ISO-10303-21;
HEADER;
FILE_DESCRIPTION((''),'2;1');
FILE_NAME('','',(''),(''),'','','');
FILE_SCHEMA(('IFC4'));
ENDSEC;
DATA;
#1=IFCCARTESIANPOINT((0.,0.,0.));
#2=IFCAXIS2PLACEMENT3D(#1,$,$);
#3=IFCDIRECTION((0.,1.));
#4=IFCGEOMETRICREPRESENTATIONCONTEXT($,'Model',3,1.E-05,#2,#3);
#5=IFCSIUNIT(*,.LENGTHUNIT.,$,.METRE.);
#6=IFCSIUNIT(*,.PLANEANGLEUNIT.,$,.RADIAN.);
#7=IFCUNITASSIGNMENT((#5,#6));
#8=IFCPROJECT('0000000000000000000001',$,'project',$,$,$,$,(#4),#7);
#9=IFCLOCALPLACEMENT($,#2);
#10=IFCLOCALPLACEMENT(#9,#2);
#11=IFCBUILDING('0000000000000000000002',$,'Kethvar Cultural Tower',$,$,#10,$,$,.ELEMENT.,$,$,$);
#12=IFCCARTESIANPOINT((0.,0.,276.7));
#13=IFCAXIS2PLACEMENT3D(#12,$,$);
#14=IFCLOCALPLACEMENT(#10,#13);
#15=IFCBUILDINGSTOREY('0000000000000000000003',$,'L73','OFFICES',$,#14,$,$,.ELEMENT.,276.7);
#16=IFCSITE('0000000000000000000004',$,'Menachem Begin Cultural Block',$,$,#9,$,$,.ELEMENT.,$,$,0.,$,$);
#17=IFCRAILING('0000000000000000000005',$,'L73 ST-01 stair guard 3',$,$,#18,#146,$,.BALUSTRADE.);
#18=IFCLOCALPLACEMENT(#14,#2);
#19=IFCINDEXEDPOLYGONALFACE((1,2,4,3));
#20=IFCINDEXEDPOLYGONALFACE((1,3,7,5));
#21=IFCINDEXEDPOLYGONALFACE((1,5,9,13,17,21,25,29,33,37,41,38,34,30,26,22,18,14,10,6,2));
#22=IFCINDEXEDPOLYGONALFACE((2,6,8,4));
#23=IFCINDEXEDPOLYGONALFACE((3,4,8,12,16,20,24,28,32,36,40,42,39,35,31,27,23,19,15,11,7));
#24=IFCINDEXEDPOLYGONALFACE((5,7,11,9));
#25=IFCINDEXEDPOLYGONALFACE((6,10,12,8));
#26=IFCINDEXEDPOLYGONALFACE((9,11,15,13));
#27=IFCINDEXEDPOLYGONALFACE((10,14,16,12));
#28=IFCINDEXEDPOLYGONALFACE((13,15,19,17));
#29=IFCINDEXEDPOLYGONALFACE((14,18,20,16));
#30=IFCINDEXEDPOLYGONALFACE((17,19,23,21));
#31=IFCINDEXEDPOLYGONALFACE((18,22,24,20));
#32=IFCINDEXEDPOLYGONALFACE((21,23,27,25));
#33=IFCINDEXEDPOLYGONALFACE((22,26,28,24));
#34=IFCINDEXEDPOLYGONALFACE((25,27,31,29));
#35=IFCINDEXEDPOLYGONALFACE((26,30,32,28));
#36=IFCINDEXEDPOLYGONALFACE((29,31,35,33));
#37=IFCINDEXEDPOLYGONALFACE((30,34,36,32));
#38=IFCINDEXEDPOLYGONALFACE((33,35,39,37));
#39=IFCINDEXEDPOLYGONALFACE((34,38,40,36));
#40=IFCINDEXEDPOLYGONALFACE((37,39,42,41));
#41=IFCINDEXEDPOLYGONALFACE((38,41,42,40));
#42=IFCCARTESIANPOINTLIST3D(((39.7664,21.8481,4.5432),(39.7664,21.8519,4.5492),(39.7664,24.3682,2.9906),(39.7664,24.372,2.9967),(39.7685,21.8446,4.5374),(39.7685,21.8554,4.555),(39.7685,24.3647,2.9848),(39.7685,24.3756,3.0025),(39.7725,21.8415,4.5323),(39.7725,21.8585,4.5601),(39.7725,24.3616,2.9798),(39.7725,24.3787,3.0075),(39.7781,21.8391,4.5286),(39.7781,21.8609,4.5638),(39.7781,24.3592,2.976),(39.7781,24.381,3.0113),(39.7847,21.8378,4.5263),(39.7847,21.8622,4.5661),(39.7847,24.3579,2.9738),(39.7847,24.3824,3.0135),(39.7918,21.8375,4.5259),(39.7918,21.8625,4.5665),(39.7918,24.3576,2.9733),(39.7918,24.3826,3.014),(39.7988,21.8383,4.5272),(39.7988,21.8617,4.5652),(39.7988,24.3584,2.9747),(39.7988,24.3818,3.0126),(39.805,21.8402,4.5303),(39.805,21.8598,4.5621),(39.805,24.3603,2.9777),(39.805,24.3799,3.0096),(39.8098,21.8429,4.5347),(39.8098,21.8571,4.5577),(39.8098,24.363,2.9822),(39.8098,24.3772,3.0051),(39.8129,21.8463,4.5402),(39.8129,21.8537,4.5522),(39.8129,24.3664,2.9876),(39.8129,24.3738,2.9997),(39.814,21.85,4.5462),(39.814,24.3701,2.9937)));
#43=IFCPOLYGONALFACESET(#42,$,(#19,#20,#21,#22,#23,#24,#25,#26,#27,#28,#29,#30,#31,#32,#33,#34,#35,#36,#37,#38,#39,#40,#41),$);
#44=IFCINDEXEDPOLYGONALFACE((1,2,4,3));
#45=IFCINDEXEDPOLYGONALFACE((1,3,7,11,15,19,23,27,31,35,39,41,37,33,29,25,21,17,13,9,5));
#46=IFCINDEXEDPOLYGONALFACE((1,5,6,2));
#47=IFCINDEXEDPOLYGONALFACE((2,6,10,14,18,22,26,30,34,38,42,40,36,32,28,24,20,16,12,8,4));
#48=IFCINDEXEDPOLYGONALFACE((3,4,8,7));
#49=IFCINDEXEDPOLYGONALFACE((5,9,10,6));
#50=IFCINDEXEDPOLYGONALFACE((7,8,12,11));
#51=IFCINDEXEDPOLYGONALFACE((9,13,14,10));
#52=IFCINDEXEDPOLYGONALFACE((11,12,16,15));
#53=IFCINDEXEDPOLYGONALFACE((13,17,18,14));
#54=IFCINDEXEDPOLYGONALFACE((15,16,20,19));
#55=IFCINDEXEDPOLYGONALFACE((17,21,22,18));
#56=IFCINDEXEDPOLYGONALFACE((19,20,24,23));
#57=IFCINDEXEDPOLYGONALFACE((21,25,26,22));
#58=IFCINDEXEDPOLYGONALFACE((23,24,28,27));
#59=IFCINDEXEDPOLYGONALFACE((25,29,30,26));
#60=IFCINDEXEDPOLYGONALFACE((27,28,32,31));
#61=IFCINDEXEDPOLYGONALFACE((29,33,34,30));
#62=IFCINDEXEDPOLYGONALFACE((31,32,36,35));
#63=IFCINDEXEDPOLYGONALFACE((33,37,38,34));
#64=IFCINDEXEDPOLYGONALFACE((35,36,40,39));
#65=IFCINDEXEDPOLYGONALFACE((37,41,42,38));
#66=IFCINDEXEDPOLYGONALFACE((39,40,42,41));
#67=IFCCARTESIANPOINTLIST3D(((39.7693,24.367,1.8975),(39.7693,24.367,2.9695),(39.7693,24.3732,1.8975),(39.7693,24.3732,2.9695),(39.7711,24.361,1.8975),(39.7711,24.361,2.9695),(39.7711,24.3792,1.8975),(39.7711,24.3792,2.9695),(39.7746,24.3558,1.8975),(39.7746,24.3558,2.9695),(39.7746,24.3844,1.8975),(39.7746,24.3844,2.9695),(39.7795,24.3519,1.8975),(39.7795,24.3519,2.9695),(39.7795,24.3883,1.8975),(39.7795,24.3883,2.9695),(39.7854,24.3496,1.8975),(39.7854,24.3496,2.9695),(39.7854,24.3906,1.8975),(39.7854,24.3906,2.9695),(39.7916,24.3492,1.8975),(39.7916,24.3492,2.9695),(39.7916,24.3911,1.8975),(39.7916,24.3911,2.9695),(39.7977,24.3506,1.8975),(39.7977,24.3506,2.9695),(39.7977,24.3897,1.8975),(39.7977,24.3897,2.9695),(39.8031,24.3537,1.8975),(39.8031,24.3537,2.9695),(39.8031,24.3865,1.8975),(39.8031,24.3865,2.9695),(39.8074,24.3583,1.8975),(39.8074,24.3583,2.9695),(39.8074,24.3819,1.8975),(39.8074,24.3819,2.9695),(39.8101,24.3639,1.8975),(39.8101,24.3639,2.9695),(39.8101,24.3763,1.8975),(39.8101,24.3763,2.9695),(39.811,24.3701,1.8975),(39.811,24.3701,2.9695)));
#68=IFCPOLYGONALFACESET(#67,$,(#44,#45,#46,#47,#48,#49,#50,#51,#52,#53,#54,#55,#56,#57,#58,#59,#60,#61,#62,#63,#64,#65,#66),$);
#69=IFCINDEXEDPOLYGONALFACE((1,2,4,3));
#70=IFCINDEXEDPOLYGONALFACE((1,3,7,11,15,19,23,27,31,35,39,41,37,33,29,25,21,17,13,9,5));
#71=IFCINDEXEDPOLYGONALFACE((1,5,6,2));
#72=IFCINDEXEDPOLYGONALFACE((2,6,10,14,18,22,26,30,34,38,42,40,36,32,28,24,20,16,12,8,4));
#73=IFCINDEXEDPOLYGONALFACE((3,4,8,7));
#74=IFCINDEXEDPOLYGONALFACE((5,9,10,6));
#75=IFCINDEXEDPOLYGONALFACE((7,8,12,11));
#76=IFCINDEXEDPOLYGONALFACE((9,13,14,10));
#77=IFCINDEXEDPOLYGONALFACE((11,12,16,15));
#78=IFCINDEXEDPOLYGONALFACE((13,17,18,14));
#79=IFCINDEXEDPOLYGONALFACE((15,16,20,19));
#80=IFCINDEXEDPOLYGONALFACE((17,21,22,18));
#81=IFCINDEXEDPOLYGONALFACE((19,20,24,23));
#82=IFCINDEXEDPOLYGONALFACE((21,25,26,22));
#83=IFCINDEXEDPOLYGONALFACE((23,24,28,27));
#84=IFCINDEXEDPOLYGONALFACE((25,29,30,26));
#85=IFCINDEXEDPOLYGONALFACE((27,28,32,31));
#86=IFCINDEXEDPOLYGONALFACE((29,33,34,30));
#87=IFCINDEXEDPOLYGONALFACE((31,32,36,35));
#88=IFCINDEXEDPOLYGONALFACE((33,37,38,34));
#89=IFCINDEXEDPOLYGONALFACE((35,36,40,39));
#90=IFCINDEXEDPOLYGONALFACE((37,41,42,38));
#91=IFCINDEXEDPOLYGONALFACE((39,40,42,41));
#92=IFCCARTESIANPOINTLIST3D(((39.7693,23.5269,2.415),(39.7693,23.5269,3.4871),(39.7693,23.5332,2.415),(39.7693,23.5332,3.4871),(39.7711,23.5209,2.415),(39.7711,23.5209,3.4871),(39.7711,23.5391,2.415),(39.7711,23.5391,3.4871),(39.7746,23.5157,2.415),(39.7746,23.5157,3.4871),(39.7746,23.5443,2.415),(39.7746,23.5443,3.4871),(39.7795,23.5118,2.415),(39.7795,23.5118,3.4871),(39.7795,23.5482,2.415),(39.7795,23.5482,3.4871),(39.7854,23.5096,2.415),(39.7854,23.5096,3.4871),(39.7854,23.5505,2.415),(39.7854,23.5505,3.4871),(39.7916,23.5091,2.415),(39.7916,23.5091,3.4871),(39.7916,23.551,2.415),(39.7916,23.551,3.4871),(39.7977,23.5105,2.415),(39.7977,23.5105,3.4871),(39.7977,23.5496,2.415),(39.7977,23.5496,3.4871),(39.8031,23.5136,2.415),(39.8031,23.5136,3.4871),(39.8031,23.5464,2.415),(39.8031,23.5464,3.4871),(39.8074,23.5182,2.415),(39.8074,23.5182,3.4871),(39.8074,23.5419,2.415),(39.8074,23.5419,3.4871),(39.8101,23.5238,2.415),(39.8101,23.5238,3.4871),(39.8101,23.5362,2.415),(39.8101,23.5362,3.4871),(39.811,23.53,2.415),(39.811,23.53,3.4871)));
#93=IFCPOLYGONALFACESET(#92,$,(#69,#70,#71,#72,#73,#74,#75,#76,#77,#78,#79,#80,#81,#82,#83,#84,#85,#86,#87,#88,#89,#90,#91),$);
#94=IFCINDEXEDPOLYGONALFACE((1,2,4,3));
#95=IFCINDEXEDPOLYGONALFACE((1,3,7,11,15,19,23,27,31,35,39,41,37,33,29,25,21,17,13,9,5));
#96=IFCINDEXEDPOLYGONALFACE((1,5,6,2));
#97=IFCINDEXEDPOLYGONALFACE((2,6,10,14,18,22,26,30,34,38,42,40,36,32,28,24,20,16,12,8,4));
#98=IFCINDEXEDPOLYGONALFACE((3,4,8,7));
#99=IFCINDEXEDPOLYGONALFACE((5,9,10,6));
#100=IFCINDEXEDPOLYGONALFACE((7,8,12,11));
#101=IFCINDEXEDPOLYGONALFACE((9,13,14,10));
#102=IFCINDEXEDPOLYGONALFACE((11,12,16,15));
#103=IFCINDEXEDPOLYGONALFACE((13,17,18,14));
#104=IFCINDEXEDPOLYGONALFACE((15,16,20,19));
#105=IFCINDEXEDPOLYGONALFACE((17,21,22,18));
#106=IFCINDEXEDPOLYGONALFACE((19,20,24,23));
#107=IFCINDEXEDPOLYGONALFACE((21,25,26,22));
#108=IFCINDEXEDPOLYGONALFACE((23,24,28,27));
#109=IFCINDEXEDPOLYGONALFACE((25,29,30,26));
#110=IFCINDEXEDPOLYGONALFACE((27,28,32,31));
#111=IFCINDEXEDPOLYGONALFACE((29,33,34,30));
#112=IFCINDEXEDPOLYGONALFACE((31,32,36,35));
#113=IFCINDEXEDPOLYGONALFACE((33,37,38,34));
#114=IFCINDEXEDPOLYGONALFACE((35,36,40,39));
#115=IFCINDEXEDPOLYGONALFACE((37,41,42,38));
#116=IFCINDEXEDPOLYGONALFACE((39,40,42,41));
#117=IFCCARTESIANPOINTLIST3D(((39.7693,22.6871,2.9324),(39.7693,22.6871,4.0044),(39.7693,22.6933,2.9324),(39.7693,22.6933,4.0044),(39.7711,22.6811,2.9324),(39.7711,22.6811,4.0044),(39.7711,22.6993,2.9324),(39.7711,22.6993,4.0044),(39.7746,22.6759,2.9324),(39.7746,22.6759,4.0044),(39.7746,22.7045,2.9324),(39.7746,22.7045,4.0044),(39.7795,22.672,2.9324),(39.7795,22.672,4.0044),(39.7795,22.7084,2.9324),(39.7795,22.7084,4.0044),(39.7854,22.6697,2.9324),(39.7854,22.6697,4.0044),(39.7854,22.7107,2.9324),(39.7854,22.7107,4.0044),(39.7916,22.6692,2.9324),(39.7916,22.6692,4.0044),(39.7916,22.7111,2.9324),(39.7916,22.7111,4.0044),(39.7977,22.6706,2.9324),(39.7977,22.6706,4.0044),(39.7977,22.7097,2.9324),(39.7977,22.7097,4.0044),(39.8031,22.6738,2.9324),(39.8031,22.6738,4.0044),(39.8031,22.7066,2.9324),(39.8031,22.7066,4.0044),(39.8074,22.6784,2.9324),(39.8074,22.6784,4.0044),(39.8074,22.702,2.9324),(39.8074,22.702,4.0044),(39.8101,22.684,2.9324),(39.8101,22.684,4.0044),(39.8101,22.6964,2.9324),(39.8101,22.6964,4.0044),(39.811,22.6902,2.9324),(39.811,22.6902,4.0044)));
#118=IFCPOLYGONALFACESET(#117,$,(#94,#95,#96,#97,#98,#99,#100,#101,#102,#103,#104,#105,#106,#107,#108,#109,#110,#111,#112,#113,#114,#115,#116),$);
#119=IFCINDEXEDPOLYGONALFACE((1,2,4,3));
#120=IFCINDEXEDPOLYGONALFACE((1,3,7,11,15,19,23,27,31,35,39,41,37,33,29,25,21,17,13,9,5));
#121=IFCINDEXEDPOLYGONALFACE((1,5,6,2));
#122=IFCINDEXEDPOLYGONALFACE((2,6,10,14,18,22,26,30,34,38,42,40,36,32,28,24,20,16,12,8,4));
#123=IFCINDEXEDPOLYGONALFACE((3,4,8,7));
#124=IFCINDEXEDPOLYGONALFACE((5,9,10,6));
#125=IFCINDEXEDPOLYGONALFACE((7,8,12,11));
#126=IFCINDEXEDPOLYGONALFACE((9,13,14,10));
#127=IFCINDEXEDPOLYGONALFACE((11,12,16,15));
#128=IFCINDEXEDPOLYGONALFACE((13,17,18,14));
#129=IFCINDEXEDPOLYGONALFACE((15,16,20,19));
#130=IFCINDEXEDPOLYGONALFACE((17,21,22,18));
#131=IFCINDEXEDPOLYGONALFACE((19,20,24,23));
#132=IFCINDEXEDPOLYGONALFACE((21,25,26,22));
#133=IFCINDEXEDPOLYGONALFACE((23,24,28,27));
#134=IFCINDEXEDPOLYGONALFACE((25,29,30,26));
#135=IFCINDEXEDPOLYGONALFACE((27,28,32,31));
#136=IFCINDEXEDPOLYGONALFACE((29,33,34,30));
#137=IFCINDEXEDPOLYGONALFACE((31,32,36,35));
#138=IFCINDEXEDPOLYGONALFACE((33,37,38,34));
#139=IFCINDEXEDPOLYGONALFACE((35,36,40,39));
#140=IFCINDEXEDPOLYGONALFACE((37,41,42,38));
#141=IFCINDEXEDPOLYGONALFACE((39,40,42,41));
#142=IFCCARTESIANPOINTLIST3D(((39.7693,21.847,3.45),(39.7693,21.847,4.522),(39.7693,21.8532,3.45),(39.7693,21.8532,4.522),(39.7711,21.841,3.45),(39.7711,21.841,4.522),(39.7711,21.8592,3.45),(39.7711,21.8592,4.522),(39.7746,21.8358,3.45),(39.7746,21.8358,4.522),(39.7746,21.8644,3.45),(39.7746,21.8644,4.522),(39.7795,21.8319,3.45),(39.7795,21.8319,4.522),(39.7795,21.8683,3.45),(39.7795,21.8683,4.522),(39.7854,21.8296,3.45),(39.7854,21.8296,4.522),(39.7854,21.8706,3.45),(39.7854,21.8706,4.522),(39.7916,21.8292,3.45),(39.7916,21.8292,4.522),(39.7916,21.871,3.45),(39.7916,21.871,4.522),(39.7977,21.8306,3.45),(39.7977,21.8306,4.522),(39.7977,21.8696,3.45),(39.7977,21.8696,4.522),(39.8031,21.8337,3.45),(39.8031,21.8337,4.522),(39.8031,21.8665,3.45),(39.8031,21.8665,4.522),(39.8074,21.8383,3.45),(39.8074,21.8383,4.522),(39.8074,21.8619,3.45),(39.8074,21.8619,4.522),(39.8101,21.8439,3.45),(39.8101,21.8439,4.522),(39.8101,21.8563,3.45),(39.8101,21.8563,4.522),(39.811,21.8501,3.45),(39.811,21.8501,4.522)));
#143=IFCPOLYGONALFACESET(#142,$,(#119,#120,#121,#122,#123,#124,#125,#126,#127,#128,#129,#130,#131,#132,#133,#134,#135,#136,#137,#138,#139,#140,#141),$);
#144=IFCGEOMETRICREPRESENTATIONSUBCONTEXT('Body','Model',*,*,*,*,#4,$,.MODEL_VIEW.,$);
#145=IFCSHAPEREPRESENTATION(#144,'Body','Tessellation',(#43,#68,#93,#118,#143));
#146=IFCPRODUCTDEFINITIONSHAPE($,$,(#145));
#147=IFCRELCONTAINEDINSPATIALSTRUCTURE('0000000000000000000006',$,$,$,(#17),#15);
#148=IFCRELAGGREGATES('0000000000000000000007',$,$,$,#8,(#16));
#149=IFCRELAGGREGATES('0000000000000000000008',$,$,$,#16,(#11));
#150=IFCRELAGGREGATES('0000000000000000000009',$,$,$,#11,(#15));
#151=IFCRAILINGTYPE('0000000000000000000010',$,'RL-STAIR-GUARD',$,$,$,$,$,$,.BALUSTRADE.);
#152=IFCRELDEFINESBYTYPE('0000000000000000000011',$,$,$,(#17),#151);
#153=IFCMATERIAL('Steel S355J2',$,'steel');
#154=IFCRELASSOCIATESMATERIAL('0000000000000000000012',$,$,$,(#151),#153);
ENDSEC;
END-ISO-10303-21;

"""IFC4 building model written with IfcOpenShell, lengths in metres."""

from ifc_helpers import new_model, si_unit, direction, frame, origin, origin_2d, place, context, subcontext, project, spatial, circle, extrude, material, type_object, element, save


model = new_model("IFC4")

# Units and contexts
model_context = context("Model", 3, precision=1e-05, world=origin(), true_north=direction((0.0, 1.0)))
body_context = subcontext(model_context, "Body", "Model", "MODEL_VIEW")
ifc_project = project(units=[si_unit("LENGTHUNIT", "METRE"), si_unit("PLANEANGLEUNIT", "RADIAN")], contexts=[model_context])

# Site, building, storey
site_placement = place(None, origin())
site = spatial("IfcSite", under=ifc_project, at=site_placement, Name="Menachem Begin Cultural Block", CompositionType="ELEMENT", RefElevation=0.0)
building_placement = place(site_placement, origin())
building = spatial("IfcBuilding", under=site, at=building_placement, Name="Kethvar Cultural Tower", CompositionType="ELEMENT")
storey_placement = place(building_placement, frame((0.0, 0.0, 276.7)))
storey = spatial("IfcBuildingStorey", under=building, at=storey_placement, Name="L73", Description="OFFICES", CompositionType="ELEMENT", Elevation=276.7)

# Shared definitions
ifc_material_1 = material(Name="Steel S355J2", Category="steel")

# Railing
railing_type_1 = type_object("IfcRailingType", Name="RL-STAIR-GUARD", PredefinedType="BALUSTRADE", material=ifc_material_1)
railing_1_placement = place(storey_placement, frame((39.79, 24.3701, 1.8975)))
element("IfcRailing", 1, at=railing_1_placement, inside=storey, type_object=railing_type_1, Name="L73 ST-01 stair guard 3", PredefinedType="BALUSTRADE", context=body_context, shape_type="SweptSolid", body=[
    extrude(circle(Radius=0.0239, at=origin_2d()), frame((0.0, 0.0, 1.0962), z_axis=(0.0, -0.8514, 0.524516), x_axis=(1.0, 0.0, 0.0)), (0.0, 0.0, 1.0), 2.96),
    extrude(circle(Radius=0.021, at=origin_2d()), origin(), (0.0, 0.0, 1.0), 1.072),
    extrude(circle(Radius=0.021, at=origin_2d()), frame((0.0, -0.8401, 0.5176)), (0.0, 0.0, 1.0), 1.072),
    extrude(circle(Radius=0.021, at=origin_2d()), frame((0.0, -1.6799, 1.0349)), (0.0, 0.0, 1.0), 1.072),
    extrude(circle(Radius=0.021, at=origin_2d()), frame((0.0, -2.52, 1.5525)), (0.0, 0.0, 1.0), 1.072),
])

save(model, "model.ifc")
